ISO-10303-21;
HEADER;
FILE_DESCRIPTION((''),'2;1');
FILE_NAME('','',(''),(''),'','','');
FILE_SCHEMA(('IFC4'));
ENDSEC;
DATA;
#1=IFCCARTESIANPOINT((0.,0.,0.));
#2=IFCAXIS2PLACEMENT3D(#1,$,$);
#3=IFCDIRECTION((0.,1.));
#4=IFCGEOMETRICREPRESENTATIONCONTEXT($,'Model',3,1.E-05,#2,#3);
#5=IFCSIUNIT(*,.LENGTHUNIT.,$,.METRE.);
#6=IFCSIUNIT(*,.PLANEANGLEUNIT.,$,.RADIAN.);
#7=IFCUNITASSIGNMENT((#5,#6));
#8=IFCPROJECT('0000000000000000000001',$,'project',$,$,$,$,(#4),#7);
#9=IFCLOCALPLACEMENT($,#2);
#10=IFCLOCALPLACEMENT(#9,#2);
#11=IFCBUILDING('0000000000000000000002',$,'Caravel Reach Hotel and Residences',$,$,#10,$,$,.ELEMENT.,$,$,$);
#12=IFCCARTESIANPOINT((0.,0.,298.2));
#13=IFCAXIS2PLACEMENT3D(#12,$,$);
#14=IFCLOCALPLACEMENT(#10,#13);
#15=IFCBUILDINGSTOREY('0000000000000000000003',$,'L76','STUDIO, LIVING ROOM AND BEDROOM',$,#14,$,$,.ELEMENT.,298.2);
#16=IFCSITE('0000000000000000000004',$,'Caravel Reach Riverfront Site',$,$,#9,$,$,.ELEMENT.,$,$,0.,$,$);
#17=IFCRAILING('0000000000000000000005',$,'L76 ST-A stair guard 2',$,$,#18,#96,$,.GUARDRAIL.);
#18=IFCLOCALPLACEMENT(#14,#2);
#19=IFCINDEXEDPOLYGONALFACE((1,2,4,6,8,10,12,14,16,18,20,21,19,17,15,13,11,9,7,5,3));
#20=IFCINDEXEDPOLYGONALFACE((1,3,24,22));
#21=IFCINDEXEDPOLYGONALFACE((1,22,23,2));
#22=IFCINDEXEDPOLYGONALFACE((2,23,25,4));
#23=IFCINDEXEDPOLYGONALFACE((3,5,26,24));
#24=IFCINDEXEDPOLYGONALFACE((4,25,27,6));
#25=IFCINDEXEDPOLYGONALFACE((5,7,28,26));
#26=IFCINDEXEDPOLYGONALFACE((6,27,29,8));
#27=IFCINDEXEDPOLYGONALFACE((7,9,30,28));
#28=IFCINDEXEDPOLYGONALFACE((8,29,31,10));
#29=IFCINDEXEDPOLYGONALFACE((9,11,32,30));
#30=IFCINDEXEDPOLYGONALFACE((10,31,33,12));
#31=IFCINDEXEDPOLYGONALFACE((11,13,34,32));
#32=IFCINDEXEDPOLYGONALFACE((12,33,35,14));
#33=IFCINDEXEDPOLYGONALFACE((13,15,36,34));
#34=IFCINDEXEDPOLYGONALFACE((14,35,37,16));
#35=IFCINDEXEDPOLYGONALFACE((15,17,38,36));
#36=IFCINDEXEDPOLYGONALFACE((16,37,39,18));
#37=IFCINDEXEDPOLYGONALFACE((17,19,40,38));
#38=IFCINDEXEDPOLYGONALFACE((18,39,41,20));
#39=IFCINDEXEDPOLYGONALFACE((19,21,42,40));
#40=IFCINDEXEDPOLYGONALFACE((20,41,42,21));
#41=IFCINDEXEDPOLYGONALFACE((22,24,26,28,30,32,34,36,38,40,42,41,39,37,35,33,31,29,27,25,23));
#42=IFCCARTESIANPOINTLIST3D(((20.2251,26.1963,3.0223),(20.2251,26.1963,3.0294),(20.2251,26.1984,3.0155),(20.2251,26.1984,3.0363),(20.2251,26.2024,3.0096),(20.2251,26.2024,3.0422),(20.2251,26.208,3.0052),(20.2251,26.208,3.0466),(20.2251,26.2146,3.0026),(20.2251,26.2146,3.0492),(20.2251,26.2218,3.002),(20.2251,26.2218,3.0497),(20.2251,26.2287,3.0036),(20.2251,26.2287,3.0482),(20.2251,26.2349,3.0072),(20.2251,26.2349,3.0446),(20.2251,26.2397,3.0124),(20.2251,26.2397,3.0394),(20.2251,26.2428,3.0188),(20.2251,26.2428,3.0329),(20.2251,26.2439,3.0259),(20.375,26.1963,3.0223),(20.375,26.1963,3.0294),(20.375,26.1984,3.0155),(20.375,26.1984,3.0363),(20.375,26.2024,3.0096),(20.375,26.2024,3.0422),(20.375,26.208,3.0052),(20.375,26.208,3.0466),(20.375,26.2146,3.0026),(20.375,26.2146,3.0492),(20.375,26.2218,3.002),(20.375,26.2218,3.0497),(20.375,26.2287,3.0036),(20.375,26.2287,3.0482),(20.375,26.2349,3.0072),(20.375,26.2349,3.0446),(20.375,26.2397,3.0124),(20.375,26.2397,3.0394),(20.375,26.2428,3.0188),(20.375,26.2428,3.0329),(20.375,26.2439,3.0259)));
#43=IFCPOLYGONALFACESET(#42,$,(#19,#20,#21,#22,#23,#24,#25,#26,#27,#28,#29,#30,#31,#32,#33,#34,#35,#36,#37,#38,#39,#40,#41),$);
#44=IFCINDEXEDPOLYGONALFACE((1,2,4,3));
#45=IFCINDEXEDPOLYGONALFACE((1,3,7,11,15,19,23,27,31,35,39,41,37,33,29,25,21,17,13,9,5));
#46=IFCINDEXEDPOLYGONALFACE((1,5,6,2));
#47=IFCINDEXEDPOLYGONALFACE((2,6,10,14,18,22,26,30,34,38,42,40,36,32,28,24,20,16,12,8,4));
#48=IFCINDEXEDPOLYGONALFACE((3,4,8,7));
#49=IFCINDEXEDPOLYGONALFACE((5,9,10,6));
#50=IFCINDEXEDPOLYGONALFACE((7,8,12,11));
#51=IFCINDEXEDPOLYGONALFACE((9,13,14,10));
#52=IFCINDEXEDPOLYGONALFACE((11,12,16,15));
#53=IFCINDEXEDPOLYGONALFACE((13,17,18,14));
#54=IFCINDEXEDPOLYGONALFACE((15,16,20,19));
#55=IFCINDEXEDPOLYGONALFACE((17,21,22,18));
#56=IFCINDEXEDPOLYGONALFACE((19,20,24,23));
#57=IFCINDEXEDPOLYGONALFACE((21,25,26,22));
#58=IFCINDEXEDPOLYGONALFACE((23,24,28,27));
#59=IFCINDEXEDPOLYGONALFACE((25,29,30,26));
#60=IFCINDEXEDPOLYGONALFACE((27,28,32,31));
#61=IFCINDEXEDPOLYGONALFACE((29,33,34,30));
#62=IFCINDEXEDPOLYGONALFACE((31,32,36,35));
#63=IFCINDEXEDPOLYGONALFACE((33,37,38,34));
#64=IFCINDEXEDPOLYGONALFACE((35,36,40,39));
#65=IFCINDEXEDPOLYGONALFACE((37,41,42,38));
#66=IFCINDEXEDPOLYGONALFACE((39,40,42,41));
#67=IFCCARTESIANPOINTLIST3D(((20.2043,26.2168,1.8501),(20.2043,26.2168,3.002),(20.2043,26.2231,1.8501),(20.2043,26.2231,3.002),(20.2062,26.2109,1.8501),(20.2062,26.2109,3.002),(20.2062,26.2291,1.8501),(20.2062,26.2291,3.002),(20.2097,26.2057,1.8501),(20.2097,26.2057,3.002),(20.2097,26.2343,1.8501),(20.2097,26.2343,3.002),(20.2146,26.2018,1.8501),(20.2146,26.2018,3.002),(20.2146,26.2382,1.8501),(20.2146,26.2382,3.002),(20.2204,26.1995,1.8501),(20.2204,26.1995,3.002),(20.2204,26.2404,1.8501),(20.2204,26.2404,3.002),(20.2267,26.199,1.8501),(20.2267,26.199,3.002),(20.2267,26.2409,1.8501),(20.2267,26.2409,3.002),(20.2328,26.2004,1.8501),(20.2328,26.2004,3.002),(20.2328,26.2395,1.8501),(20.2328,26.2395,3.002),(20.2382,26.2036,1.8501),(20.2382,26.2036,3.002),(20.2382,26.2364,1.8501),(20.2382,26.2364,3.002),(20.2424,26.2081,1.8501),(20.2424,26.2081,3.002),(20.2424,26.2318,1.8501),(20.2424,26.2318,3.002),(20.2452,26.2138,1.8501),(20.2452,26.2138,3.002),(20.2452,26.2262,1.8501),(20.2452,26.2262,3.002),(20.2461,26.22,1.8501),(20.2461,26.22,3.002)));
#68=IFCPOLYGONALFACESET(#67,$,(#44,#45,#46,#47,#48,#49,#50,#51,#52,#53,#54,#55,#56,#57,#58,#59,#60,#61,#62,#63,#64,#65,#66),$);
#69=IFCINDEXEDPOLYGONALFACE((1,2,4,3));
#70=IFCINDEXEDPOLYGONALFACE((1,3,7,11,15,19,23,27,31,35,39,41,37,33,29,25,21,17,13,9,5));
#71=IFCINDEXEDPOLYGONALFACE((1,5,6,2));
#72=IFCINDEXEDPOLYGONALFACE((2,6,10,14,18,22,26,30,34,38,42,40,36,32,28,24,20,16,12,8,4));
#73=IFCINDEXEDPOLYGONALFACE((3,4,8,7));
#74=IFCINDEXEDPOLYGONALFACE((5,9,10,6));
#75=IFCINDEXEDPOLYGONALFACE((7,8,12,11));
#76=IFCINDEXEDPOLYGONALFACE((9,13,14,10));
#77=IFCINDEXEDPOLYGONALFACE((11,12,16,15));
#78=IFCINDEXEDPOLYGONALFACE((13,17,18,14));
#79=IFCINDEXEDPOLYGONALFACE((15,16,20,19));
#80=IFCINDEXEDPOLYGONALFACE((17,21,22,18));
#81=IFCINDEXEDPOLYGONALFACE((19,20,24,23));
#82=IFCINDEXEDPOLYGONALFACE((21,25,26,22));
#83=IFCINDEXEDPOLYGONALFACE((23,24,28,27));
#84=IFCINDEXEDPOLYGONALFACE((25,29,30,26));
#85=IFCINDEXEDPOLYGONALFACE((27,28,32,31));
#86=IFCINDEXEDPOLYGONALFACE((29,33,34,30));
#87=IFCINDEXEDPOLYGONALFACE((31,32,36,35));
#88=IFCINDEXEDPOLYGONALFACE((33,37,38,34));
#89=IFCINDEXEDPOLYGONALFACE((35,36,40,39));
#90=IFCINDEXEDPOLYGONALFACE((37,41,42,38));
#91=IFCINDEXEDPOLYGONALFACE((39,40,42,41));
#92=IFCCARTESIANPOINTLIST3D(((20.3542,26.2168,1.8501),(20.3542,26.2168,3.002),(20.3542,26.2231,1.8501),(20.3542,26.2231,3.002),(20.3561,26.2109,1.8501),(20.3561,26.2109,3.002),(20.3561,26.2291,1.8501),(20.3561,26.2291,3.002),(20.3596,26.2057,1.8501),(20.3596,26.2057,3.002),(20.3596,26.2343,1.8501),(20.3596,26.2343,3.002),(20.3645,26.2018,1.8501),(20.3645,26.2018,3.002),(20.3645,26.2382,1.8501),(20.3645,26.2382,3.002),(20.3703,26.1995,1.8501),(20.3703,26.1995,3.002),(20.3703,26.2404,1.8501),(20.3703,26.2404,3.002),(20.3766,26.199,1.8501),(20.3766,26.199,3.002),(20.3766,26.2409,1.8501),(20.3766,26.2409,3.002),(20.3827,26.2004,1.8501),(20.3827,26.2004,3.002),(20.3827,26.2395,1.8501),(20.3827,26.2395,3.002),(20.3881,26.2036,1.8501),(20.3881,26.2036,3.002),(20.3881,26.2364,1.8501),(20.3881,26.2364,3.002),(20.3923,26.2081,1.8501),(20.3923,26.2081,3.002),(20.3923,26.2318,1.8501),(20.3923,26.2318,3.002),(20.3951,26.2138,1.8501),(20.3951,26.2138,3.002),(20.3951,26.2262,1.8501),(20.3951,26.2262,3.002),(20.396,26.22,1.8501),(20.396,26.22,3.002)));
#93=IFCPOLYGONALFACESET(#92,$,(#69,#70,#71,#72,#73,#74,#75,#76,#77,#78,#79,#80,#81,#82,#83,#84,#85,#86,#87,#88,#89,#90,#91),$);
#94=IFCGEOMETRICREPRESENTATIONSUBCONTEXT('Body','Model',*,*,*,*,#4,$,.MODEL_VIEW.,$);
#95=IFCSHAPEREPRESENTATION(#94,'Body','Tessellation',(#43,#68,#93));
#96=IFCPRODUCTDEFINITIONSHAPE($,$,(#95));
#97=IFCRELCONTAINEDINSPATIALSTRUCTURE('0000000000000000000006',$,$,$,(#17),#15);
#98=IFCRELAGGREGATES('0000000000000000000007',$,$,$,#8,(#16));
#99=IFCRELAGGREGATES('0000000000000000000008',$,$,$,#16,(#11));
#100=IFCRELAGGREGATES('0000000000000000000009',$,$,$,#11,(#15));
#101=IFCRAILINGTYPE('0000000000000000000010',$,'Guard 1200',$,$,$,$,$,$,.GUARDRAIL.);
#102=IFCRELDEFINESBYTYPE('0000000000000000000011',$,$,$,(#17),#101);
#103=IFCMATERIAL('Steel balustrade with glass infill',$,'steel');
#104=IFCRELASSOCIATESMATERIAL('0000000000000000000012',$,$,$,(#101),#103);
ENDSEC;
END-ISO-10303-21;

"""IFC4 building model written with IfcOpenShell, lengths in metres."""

from ifc_helpers import new_model, si_unit, direction, frame, origin, origin_2d, place, context, subcontext, project, spatial, circle, extrude, material, type_object, element, save


model = new_model("IFC4")

# Units and contexts
model_context = context("Model", 3, precision=1e-05, world=origin(), true_north=direction((0.0, 1.0)))
body_context = subcontext(model_context, "Body", "Model", "MODEL_VIEW")
ifc_project = project(units=[si_unit("LENGTHUNIT", "METRE"), si_unit("PLANEANGLEUNIT", "RADIAN")], contexts=[model_context])

# Site, building, storey
site_placement = place(None, origin())
site = spatial("IfcSite", under=ifc_project, at=site_placement, Name="Caravel Reach Riverfront Site", CompositionType="ELEMENT", RefElevation=0.0)
building_placement = place(site_placement, origin())
building = spatial("IfcBuilding", under=site, at=building_placement, Name="Caravel Reach Hotel and Residences", CompositionType="ELEMENT")
storey_placement = place(building_placement, frame((0.0, 0.0, 298.2)))
storey = spatial("IfcBuildingStorey", under=building, at=storey_placement, Name="L76", Description="STUDIO, LIVING ROOM AND BEDROOM", CompositionType="ELEMENT", Elevation=298.2)

# Railing
ifc_material_1 = material(Name="Steel balustrade with glass infill", Category="steel")
railing_type_1 = type_object("IfcRailingType", Name="Guard 1200", PredefinedType="GUARDRAIL", material=ifc_material_1)
railing_1_placement = place(storey_placement, frame((20.2251, 26.22, 1.8501)))
element("IfcRailing", 1, at=railing_1_placement, inside=storey, type_object=railing_type_1, Name="L76 ST-A stair guard 2", PredefinedType="GUARDRAIL", context=body_context, shape_type="SweptSolid", body=[
    extrude(circle(Radius=0.0239, at=origin_2d()), frame((0.0, 0.0, 1.1758), z_axis=(1.0, 0.0, 0.0), x_axis=(0.0, 1.0, 0.0)), (0.0, 0.0, 1.0), 0.1499),
    extrude(circle(Radius=0.021, at=origin_2d()), origin(), (0.0, 0.0, 1.0), 1.1519),
    extrude(circle(Radius=0.021, at=origin_2d()), frame((0.1499, 0.0, 0.0)), (0.0, 0.0, 1.0), 1.1519),
])

save(model, "model.ifc")
